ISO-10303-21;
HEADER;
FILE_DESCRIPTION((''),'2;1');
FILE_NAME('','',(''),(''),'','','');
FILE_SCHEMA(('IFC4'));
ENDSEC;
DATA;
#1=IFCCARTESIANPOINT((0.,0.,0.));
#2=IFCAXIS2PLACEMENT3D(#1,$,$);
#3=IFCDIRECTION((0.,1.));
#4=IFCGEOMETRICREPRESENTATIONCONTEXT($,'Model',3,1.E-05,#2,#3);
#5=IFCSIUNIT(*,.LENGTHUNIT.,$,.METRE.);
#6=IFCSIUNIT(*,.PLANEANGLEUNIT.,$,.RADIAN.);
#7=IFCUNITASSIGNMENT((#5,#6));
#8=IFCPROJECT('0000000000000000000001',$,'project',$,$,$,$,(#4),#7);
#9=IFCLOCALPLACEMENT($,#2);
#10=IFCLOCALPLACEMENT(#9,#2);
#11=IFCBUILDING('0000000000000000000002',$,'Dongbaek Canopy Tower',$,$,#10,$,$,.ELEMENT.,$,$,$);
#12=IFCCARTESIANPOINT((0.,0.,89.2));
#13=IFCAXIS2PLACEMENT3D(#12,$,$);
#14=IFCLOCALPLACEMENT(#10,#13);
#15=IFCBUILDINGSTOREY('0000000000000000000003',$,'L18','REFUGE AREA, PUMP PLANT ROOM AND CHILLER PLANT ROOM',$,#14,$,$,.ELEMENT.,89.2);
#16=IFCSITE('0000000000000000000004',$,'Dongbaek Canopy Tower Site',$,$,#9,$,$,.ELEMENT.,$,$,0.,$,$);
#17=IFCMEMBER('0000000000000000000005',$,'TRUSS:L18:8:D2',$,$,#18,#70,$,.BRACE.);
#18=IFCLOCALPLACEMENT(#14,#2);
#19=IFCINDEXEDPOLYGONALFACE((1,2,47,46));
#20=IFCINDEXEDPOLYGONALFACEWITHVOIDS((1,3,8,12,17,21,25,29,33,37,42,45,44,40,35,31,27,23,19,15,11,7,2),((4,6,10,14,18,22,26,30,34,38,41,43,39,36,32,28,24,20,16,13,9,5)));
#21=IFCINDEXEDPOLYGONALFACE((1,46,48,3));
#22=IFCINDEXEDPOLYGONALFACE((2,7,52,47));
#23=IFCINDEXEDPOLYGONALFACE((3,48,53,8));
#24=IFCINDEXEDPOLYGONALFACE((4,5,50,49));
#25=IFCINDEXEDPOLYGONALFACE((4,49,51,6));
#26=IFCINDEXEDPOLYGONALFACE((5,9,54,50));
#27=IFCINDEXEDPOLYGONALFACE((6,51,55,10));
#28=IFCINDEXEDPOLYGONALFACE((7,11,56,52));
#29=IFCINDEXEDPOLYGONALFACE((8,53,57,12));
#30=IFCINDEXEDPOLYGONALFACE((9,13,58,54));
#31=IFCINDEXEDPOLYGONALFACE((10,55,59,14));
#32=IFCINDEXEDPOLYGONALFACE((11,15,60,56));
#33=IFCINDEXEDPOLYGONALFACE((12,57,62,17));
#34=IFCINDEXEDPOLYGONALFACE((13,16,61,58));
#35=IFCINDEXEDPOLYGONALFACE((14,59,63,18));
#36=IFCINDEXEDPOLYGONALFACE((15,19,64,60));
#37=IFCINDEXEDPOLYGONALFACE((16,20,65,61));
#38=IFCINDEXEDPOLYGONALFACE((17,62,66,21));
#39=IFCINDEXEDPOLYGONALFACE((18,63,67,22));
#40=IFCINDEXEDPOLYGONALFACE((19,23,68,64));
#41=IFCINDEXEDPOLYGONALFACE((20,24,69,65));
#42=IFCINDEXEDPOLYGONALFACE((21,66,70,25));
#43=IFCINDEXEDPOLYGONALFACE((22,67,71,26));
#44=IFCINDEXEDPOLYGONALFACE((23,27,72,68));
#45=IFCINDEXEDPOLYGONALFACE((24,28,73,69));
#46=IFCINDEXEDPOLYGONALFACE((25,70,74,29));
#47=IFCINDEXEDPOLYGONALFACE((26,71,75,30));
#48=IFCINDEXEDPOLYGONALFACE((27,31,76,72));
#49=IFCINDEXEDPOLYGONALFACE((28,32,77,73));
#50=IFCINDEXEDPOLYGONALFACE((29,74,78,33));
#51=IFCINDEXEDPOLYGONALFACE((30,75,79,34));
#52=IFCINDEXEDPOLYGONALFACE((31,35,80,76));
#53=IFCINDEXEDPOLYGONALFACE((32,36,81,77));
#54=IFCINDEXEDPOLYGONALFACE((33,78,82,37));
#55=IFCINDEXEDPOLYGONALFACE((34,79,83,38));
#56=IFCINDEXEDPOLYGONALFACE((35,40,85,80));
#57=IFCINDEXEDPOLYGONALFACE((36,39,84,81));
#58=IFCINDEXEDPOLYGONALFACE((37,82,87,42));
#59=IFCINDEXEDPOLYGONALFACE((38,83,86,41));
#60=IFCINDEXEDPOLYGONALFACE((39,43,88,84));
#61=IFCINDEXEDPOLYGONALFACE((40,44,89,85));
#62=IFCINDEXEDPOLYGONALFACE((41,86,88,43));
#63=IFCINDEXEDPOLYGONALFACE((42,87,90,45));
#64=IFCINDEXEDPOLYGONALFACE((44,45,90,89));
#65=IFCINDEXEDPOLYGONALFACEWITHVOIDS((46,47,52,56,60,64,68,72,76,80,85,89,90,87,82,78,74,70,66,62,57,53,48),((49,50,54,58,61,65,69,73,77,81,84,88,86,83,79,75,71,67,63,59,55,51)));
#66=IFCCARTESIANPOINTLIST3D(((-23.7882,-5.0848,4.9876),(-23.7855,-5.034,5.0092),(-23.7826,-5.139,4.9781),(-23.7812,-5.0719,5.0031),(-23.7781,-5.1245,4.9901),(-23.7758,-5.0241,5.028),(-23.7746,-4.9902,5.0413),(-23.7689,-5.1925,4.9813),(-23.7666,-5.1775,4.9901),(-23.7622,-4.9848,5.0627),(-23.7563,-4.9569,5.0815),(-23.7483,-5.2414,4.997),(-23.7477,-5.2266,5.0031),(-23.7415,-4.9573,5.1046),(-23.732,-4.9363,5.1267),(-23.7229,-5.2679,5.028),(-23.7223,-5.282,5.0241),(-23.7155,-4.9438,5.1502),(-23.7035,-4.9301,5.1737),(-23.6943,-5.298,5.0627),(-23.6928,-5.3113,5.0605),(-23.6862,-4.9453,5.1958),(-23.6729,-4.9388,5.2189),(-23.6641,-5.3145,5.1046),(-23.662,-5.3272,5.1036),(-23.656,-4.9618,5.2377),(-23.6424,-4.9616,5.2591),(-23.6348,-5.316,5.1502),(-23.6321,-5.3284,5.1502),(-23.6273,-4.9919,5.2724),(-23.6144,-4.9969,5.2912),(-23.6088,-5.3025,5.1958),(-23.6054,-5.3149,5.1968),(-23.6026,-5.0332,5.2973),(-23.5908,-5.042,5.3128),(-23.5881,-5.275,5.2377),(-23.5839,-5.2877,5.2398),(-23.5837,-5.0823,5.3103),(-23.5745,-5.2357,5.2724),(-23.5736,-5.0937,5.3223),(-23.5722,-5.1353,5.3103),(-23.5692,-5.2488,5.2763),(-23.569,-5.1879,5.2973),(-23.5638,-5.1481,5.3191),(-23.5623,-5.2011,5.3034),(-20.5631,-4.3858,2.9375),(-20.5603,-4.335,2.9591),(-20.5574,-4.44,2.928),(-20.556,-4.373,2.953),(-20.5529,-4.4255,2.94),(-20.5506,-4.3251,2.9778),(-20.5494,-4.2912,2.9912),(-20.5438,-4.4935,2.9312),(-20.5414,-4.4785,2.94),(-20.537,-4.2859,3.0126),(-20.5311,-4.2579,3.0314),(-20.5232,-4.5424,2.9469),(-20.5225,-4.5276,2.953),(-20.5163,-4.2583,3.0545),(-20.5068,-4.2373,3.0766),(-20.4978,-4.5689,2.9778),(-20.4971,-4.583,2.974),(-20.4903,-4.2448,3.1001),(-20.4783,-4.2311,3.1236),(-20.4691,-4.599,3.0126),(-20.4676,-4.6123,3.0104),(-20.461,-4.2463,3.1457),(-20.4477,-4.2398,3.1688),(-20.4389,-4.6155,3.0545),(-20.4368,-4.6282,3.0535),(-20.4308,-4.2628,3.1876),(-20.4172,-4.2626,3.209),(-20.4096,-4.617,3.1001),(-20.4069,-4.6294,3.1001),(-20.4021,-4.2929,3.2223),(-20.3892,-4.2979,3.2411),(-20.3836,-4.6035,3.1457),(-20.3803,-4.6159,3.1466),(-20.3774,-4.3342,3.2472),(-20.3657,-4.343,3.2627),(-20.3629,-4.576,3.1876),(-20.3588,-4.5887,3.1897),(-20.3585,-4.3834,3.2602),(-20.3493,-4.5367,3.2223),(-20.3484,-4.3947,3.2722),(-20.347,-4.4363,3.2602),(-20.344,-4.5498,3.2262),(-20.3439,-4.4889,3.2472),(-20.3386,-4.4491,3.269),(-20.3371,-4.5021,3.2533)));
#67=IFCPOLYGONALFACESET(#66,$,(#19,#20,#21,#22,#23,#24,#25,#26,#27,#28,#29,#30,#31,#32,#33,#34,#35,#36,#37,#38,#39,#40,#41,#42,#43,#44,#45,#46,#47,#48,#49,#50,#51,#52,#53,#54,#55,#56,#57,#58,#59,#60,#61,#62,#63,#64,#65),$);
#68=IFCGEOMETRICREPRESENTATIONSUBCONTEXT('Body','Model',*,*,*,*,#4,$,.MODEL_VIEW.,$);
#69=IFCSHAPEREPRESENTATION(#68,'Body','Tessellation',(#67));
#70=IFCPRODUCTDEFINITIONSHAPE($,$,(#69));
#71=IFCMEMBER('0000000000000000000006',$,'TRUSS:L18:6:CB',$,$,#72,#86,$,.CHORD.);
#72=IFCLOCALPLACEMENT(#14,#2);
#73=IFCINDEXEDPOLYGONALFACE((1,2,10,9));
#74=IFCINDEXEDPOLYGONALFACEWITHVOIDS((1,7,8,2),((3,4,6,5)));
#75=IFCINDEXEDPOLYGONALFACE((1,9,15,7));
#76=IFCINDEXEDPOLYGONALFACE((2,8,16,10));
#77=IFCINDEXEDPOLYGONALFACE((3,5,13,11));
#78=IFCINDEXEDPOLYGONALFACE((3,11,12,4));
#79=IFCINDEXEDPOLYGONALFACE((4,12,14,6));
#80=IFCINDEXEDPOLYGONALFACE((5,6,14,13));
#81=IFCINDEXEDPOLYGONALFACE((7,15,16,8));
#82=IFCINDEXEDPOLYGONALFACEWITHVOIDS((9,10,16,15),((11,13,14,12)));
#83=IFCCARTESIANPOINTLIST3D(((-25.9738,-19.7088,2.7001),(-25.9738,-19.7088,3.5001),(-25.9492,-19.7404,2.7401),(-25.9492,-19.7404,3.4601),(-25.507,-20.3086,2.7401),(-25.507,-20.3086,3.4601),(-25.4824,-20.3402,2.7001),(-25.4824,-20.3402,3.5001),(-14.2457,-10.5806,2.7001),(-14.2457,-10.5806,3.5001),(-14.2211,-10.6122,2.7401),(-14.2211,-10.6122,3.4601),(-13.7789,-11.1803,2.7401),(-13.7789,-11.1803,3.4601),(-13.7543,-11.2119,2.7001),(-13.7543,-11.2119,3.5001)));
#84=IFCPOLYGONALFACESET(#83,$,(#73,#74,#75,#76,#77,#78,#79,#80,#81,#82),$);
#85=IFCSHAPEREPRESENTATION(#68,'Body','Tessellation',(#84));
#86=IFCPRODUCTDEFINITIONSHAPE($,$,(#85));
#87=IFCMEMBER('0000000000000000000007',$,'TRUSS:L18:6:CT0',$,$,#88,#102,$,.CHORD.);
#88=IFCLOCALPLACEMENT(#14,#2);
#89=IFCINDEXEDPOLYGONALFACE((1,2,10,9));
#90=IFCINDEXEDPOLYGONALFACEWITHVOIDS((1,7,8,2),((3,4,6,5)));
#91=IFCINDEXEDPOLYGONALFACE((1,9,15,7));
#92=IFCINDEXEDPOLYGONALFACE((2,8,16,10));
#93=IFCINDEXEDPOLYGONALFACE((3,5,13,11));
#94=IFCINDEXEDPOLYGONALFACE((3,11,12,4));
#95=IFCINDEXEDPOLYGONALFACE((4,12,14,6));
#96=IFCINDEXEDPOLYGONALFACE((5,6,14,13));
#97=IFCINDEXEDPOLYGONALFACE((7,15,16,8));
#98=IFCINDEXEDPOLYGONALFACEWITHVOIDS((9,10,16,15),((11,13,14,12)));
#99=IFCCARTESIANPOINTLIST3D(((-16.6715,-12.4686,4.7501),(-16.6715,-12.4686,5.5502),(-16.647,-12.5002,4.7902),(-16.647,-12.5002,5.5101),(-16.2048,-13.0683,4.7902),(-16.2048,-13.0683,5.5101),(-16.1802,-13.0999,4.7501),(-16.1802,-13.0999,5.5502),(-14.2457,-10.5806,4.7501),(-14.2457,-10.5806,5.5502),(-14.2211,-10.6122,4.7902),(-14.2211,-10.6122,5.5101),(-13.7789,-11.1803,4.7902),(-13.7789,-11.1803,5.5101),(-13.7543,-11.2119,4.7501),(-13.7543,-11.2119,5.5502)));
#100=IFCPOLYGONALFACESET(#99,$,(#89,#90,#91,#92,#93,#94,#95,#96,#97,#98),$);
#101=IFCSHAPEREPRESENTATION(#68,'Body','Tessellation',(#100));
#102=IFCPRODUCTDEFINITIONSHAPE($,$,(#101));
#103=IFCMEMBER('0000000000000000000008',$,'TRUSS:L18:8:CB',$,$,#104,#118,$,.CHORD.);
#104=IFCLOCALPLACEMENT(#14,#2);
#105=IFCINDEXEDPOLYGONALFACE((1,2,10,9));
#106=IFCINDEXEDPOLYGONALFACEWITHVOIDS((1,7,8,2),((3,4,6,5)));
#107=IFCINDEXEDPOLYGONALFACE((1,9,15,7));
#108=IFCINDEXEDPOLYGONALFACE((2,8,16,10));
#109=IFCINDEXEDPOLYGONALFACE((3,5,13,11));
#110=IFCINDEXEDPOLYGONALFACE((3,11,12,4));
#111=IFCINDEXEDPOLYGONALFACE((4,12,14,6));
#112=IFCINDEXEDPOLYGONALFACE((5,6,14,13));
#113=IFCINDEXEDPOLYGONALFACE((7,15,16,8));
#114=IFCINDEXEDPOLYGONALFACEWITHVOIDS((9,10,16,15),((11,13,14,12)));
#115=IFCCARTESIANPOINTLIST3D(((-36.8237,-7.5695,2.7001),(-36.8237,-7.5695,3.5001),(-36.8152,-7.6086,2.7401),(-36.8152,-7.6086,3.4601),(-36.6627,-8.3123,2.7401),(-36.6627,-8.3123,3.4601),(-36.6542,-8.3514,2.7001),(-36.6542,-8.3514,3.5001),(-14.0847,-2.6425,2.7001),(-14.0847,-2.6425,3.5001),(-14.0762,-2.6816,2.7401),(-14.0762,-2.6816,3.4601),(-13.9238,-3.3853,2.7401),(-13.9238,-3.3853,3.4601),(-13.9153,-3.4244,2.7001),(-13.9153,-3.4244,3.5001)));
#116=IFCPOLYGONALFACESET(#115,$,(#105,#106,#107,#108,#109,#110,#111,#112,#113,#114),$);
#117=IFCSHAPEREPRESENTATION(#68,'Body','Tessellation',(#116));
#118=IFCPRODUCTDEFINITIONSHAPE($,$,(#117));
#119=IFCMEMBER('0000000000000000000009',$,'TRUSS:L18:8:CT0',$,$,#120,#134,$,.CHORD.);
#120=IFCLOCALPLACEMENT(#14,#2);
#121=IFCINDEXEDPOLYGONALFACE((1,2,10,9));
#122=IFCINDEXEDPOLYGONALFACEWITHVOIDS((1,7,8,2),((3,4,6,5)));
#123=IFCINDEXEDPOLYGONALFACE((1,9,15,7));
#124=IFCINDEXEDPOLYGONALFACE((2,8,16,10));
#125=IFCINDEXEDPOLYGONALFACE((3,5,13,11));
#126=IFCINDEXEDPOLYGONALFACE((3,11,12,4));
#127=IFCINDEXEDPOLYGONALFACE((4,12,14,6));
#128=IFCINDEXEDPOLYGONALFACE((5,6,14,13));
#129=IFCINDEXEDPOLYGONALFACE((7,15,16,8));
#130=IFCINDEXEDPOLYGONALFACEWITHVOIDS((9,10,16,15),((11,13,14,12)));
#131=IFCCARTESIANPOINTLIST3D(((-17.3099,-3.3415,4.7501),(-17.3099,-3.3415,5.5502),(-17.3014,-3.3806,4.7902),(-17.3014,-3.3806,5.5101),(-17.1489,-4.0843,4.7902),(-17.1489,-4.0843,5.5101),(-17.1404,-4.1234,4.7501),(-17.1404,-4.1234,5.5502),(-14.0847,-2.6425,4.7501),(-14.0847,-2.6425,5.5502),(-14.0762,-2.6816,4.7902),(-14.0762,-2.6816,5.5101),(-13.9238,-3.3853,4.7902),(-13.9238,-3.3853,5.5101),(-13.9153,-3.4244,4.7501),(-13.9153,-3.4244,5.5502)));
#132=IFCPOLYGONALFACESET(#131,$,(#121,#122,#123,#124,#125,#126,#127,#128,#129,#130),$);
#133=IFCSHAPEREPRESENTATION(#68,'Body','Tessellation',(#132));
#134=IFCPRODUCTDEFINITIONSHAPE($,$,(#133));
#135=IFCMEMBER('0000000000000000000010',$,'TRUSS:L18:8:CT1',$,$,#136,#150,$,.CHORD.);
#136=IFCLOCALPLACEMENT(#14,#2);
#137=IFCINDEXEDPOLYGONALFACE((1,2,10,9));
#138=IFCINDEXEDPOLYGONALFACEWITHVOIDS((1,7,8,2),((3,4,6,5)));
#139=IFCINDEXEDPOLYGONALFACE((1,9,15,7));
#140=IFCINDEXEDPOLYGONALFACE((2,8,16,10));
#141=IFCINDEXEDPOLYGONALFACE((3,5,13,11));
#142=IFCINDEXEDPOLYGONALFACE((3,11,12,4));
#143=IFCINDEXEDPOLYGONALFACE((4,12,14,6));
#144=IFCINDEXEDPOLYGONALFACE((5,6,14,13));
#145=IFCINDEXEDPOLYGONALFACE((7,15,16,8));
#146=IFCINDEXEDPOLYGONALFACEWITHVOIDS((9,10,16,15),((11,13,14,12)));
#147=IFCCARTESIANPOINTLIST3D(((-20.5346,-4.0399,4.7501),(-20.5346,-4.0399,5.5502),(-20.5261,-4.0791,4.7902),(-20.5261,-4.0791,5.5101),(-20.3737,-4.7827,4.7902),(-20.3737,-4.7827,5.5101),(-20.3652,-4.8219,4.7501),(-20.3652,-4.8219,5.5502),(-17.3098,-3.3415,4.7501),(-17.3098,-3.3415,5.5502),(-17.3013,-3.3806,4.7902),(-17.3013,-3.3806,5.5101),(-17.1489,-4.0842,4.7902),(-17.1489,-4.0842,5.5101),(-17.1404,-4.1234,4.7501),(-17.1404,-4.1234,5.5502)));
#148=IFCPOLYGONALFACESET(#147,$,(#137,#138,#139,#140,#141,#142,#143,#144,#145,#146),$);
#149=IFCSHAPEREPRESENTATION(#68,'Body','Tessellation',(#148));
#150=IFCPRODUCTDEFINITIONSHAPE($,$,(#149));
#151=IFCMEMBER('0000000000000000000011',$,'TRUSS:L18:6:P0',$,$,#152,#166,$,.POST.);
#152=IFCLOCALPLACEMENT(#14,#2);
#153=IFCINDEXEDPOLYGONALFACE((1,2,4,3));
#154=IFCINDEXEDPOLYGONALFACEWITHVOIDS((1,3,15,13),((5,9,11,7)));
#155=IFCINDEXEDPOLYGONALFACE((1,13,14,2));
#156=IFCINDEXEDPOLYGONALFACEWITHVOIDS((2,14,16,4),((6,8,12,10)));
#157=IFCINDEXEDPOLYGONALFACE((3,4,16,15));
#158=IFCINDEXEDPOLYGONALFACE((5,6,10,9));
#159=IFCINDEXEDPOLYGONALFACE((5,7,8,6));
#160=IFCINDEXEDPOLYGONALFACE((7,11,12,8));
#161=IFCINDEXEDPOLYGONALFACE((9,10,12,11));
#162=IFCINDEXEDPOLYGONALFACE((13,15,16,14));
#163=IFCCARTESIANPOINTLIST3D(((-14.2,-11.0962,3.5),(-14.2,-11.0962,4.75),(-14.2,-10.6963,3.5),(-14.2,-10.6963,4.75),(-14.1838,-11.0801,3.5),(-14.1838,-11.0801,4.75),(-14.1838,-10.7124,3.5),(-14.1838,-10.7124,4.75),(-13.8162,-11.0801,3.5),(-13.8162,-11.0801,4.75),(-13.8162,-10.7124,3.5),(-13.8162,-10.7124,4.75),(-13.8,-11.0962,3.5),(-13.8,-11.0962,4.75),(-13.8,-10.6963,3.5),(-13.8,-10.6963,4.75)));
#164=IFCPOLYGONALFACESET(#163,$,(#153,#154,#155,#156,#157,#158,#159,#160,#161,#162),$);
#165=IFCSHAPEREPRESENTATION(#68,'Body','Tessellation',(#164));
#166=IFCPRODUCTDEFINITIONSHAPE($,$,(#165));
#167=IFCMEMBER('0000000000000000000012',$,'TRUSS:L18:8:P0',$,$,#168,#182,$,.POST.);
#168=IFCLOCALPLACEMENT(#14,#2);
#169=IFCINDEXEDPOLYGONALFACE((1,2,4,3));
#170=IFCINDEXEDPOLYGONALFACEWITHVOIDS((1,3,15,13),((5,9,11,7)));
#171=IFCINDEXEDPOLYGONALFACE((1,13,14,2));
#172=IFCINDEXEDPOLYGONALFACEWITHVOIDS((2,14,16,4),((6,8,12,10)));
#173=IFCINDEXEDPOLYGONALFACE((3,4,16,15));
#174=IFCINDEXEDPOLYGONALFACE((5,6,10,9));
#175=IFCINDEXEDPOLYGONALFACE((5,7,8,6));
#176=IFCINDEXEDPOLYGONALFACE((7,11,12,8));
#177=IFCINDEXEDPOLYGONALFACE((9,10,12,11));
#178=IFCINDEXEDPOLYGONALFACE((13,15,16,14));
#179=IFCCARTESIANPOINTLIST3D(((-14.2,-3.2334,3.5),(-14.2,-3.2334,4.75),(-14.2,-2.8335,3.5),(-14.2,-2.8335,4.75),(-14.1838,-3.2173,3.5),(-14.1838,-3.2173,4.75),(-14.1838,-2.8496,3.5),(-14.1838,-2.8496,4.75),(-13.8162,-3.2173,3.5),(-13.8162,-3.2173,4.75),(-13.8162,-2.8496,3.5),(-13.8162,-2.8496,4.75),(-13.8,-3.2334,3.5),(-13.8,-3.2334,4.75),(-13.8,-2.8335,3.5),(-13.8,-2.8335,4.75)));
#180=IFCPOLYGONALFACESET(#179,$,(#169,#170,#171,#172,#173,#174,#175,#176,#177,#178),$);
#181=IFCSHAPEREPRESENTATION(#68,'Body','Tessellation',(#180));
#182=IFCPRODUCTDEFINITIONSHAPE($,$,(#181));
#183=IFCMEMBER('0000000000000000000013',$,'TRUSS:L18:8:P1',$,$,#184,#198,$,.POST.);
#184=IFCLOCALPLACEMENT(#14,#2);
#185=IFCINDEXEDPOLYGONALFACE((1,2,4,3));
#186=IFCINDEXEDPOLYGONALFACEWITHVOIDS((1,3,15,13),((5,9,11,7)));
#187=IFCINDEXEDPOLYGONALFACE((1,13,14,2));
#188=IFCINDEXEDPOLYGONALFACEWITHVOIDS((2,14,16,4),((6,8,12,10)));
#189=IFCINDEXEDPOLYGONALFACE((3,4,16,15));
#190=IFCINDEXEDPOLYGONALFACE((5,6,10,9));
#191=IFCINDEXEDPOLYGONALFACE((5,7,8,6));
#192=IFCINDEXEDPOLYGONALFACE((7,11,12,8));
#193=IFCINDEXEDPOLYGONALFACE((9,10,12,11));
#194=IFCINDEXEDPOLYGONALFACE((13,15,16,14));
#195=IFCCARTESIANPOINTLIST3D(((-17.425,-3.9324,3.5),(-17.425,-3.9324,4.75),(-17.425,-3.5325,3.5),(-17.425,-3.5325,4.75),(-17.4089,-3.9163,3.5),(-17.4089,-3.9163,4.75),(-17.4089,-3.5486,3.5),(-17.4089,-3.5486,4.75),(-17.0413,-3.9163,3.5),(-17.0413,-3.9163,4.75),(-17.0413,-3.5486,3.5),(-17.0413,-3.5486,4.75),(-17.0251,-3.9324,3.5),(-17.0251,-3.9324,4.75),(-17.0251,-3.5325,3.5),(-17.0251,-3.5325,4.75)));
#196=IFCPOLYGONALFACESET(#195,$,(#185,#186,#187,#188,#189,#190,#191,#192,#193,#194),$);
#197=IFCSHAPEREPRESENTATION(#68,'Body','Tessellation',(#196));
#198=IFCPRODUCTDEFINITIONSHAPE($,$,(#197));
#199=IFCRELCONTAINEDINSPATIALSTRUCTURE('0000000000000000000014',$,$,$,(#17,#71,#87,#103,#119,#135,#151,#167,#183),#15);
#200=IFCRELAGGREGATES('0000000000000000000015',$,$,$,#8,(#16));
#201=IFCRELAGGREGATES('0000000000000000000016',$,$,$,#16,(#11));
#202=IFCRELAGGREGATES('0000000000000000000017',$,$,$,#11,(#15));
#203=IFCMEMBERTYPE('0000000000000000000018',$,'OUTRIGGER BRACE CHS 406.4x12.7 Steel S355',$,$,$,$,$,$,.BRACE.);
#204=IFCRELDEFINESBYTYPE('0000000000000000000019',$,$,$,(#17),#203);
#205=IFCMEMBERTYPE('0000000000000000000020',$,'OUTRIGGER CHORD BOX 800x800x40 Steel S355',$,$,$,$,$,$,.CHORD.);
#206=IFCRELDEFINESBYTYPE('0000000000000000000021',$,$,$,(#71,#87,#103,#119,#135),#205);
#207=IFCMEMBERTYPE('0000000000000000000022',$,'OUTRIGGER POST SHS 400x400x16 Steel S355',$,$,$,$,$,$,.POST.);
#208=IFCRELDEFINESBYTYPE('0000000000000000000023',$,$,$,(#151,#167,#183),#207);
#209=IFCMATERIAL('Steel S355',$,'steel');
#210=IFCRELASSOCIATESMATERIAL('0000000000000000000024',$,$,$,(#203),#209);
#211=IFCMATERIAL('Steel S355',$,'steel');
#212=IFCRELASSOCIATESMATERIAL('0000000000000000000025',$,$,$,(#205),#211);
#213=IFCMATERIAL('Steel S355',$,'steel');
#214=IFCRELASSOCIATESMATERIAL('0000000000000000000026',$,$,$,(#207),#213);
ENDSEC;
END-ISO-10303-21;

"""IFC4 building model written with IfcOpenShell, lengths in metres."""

from ifc_helpers import new_model, si_unit, direction, frame, origin, origin_2d, place, context, subcontext, project, spatial, hollow_rectangle, hollow_circle, extrude, material, material_profile, profile_set, type_object, element, save


model = new_model("IFC4")

# Units and contexts
model_context = context("Model", 3, precision=1e-05, world=origin(), true_north=direction((0.0, 1.0)))
body_context = subcontext(model_context, "Body", "Model", "MODEL_VIEW")
ifc_project = project(units=[si_unit("LENGTHUNIT", "METRE"), si_unit("PLANEANGLEUNIT", "RADIAN")], contexts=[model_context])

# Site, building, storey
site_placement = place(None, origin())
site = spatial("IfcSite", under=ifc_project, at=site_placement, Name="Dongbaek Canopy Tower Site", CompositionType="ELEMENT", RefElevation=0.0)
building_placement = place(site_placement, origin())
building = spatial("IfcBuilding", under=site, at=building_placement, Name="Dongbaek Canopy Tower", CompositionType="ELEMENT")
storey_placement = place(building_placement, frame((0.0, 0.0, 89.2)))
storey = spatial("IfcBuildingStorey", under=building, at=storey_placement, Name="L18", Description="REFUGE AREA, PUMP PLANT ROOM AND CHILLER PLANT ROOM", CompositionType="ELEMENT", Elevation=89.2)

# Members
ifc_material_1 = material(Name="Steel S355", Category="steel")
ifc_material_profile_1 = material_profile(ifc_material_1, hollow_circle(Radius=0.2031, WallThickness=0.0127, at=origin_2d()), Name="OUTRIGGER BRACE CHS 406.4x12.7 Steel S355")
ifc_profile_set_1 = profile_set([ifc_material_profile_1], Name="Steel S355")
member_type_1 = type_object("IfcMemberType", Name="OUTRIGGER BRACE CHS 406.4x12.7 Steel S355", PredefinedType="BRACE", material=ifc_profile_set_1)
member_1_placement = place(storey_placement, frame((-20.45, -4.4309, 3.1001), z_axis=(-0.83016, -0.17992, 0.527695), x_axis=(0.211812, -0.97731, 0.0)))
element("IfcMember", 1, at=member_1_placement, inside=storey, type_object=member_type_1, Name="TRUSS:L18:8:D2", PredefinedType="BRACE", context=body_context, shape_type="SweptSolid", body=[
    extrude(hollow_circle(Radius=0.2031, WallThickness=0.0127, at=origin_2d()), origin(), (0.0, 0.0, 1.0), 3.885),
])
ifc_material_2 = material(Name="Steel S355", Category="steel")
ifc_material_profile_2 = material_profile(ifc_material_2, hollow_rectangle(XDim=0.8, YDim=0.8, WallThickness=0.04, at=origin_2d()), Name="OUTRIGGER CHORD BOX 800x800x40 Steel S355")
ifc_profile_set_2 = profile_set([ifc_material_profile_2], Name="Steel S355")
member_type_2 = type_object("IfcMemberType", Name="OUTRIGGER CHORD BOX 800x800x40 Steel S355", PredefinedType="CHORD", material=ifc_profile_set_2)
member_2_placement = place(storey_placement, frame((-14.0, -10.8962, 3.1001), z_axis=(-0.789144, -0.614208, 0.0), x_axis=(0.614208, -0.789144, 0.0)))
element("IfcMember", 2, at=member_2_placement, inside=storey, type_object=member_type_2, Name="TRUSS:L18:6:CB", PredefinedType="CHORD", context=body_context, shape_type="SweptSolid", body=[
    extrude(hollow_rectangle(XDim=0.8, YDim=0.8, WallThickness=0.04, at=origin_2d()), origin(), (0.0, 0.0, 1.0), 14.8618),
])
member_3_placement = place(storey_placement, frame((-14.0, -10.8962, 5.1501), z_axis=(-0.78916, -0.614188, 0.0), x_axis=(0.614188, -0.78916, 0.0)))
element("IfcMember", 3, at=member_3_placement, inside=storey, type_object=member_type_2, Name="TRUSS:L18:6:CT0", PredefinedType="CHORD", context=body_context, shape_type="SweptSolid", body=[
    extrude(hollow_rectangle(XDim=0.8, YDim=0.8, WallThickness=0.04, at=origin_2d()), origin(), (0.0, 0.0, 1.0), 3.074),
])
member_4_placement = place(storey_placement, frame((-14.0, -3.0334, 3.1001), z_axis=(-0.977321, -0.211762, 0.0), x_axis=(0.211762, -0.977321, 0.0)))
element("IfcMember", 4, at=member_4_placement, inside=storey, type_object=member_type_2, Name="TRUSS:L18:8:CB", PredefinedType="CHORD", context=body_context, shape_type="SweptSolid", body=[
    extrude(hollow_rectangle(XDim=0.8, YDim=0.8, WallThickness=0.04, at=origin_2d()), origin(), (0.0, 0.0, 1.0), 23.2666),
])
member_5_placement = place(storey_placement, frame((-14.0, -3.0334, 5.1501), z_axis=(-0.97731, -0.211812, 0.0), x_axis=(0.211812, -0.97731, 0.0)))
element("IfcMember", 5, at=member_5_placement, inside=storey, type_object=member_type_2, Name="TRUSS:L18:8:CT0", PredefinedType="CHORD", context=body_context, shape_type="SweptSolid", body=[
    extrude(hollow_rectangle(XDim=0.8, YDim=0.8, WallThickness=0.04, at=origin_2d()), origin(), (0.0, 0.0, 1.0), 3.3),
])
member_6_placement = place(storey_placement, frame((-17.2251, -3.7324, 5.1501), z_axis=(-0.977338, -0.211686, 0.0), x_axis=(0.211686, -0.977338, 0.0)))
element("IfcMember", 6, at=member_6_placement, inside=storey, type_object=member_type_2, Name="TRUSS:L18:8:CT1", PredefinedType="CHORD", context=body_context, shape_type="SweptSolid", body=[
    extrude(hollow_rectangle(XDim=0.8, YDim=0.8, WallThickness=0.04, at=origin_2d()), origin(), (0.0, 0.0, 1.0), 3.2996),
])
ifc_material_3 = material(Name="Steel S355", Category="steel")
ifc_material_profile_3 = material_profile(ifc_material_3, hollow_rectangle(XDim=0.3999, YDim=0.3999, WallThickness=0.0161, at=origin_2d()), Name="OUTRIGGER POST SHS 400x400x16 Steel S355")
ifc_profile_set_3 = profile_set([ifc_material_profile_3], Name="Steel S355")
member_type_3 = type_object("IfcMemberType", Name="OUTRIGGER POST SHS 400x400x16 Steel S355", PredefinedType="POST", material=ifc_profile_set_3)
for number, where, z_axis, x_axis, name in (
    (7, (-14.0, -10.8962, 3.5), (0.0, 0.0, 1.0), (1.0, 0.0, 0.0), "TRUSS:L18:6:P0"),
    (8, (-14.0, -3.0334, 3.5), (0.0, 0.0, 1.0), (1.0, 0.0, 0.0), "TRUSS:L18:8:P0"),
    (9, (-17.2251, -3.7324, 3.5), (0.0, 0.0, 1.0), (1.0, 0.0, 0.0), "TRUSS:L18:8:P1"),
):
    element("IfcMember", number, at=place(storey_placement, frame(where, z_axis=z_axis, x_axis=x_axis)), inside=storey, type_object=member_type_3, Name=name, PredefinedType="POST", context=body_context, shape_type="SweptSolid", body=[
        extrude(hollow_rectangle(XDim=0.3999, YDim=0.3999, WallThickness=0.0161, at=origin_2d()), origin(), (0.0, 0.0, 1.0), 1.25),
    ])

save(model, "model.ifc")
